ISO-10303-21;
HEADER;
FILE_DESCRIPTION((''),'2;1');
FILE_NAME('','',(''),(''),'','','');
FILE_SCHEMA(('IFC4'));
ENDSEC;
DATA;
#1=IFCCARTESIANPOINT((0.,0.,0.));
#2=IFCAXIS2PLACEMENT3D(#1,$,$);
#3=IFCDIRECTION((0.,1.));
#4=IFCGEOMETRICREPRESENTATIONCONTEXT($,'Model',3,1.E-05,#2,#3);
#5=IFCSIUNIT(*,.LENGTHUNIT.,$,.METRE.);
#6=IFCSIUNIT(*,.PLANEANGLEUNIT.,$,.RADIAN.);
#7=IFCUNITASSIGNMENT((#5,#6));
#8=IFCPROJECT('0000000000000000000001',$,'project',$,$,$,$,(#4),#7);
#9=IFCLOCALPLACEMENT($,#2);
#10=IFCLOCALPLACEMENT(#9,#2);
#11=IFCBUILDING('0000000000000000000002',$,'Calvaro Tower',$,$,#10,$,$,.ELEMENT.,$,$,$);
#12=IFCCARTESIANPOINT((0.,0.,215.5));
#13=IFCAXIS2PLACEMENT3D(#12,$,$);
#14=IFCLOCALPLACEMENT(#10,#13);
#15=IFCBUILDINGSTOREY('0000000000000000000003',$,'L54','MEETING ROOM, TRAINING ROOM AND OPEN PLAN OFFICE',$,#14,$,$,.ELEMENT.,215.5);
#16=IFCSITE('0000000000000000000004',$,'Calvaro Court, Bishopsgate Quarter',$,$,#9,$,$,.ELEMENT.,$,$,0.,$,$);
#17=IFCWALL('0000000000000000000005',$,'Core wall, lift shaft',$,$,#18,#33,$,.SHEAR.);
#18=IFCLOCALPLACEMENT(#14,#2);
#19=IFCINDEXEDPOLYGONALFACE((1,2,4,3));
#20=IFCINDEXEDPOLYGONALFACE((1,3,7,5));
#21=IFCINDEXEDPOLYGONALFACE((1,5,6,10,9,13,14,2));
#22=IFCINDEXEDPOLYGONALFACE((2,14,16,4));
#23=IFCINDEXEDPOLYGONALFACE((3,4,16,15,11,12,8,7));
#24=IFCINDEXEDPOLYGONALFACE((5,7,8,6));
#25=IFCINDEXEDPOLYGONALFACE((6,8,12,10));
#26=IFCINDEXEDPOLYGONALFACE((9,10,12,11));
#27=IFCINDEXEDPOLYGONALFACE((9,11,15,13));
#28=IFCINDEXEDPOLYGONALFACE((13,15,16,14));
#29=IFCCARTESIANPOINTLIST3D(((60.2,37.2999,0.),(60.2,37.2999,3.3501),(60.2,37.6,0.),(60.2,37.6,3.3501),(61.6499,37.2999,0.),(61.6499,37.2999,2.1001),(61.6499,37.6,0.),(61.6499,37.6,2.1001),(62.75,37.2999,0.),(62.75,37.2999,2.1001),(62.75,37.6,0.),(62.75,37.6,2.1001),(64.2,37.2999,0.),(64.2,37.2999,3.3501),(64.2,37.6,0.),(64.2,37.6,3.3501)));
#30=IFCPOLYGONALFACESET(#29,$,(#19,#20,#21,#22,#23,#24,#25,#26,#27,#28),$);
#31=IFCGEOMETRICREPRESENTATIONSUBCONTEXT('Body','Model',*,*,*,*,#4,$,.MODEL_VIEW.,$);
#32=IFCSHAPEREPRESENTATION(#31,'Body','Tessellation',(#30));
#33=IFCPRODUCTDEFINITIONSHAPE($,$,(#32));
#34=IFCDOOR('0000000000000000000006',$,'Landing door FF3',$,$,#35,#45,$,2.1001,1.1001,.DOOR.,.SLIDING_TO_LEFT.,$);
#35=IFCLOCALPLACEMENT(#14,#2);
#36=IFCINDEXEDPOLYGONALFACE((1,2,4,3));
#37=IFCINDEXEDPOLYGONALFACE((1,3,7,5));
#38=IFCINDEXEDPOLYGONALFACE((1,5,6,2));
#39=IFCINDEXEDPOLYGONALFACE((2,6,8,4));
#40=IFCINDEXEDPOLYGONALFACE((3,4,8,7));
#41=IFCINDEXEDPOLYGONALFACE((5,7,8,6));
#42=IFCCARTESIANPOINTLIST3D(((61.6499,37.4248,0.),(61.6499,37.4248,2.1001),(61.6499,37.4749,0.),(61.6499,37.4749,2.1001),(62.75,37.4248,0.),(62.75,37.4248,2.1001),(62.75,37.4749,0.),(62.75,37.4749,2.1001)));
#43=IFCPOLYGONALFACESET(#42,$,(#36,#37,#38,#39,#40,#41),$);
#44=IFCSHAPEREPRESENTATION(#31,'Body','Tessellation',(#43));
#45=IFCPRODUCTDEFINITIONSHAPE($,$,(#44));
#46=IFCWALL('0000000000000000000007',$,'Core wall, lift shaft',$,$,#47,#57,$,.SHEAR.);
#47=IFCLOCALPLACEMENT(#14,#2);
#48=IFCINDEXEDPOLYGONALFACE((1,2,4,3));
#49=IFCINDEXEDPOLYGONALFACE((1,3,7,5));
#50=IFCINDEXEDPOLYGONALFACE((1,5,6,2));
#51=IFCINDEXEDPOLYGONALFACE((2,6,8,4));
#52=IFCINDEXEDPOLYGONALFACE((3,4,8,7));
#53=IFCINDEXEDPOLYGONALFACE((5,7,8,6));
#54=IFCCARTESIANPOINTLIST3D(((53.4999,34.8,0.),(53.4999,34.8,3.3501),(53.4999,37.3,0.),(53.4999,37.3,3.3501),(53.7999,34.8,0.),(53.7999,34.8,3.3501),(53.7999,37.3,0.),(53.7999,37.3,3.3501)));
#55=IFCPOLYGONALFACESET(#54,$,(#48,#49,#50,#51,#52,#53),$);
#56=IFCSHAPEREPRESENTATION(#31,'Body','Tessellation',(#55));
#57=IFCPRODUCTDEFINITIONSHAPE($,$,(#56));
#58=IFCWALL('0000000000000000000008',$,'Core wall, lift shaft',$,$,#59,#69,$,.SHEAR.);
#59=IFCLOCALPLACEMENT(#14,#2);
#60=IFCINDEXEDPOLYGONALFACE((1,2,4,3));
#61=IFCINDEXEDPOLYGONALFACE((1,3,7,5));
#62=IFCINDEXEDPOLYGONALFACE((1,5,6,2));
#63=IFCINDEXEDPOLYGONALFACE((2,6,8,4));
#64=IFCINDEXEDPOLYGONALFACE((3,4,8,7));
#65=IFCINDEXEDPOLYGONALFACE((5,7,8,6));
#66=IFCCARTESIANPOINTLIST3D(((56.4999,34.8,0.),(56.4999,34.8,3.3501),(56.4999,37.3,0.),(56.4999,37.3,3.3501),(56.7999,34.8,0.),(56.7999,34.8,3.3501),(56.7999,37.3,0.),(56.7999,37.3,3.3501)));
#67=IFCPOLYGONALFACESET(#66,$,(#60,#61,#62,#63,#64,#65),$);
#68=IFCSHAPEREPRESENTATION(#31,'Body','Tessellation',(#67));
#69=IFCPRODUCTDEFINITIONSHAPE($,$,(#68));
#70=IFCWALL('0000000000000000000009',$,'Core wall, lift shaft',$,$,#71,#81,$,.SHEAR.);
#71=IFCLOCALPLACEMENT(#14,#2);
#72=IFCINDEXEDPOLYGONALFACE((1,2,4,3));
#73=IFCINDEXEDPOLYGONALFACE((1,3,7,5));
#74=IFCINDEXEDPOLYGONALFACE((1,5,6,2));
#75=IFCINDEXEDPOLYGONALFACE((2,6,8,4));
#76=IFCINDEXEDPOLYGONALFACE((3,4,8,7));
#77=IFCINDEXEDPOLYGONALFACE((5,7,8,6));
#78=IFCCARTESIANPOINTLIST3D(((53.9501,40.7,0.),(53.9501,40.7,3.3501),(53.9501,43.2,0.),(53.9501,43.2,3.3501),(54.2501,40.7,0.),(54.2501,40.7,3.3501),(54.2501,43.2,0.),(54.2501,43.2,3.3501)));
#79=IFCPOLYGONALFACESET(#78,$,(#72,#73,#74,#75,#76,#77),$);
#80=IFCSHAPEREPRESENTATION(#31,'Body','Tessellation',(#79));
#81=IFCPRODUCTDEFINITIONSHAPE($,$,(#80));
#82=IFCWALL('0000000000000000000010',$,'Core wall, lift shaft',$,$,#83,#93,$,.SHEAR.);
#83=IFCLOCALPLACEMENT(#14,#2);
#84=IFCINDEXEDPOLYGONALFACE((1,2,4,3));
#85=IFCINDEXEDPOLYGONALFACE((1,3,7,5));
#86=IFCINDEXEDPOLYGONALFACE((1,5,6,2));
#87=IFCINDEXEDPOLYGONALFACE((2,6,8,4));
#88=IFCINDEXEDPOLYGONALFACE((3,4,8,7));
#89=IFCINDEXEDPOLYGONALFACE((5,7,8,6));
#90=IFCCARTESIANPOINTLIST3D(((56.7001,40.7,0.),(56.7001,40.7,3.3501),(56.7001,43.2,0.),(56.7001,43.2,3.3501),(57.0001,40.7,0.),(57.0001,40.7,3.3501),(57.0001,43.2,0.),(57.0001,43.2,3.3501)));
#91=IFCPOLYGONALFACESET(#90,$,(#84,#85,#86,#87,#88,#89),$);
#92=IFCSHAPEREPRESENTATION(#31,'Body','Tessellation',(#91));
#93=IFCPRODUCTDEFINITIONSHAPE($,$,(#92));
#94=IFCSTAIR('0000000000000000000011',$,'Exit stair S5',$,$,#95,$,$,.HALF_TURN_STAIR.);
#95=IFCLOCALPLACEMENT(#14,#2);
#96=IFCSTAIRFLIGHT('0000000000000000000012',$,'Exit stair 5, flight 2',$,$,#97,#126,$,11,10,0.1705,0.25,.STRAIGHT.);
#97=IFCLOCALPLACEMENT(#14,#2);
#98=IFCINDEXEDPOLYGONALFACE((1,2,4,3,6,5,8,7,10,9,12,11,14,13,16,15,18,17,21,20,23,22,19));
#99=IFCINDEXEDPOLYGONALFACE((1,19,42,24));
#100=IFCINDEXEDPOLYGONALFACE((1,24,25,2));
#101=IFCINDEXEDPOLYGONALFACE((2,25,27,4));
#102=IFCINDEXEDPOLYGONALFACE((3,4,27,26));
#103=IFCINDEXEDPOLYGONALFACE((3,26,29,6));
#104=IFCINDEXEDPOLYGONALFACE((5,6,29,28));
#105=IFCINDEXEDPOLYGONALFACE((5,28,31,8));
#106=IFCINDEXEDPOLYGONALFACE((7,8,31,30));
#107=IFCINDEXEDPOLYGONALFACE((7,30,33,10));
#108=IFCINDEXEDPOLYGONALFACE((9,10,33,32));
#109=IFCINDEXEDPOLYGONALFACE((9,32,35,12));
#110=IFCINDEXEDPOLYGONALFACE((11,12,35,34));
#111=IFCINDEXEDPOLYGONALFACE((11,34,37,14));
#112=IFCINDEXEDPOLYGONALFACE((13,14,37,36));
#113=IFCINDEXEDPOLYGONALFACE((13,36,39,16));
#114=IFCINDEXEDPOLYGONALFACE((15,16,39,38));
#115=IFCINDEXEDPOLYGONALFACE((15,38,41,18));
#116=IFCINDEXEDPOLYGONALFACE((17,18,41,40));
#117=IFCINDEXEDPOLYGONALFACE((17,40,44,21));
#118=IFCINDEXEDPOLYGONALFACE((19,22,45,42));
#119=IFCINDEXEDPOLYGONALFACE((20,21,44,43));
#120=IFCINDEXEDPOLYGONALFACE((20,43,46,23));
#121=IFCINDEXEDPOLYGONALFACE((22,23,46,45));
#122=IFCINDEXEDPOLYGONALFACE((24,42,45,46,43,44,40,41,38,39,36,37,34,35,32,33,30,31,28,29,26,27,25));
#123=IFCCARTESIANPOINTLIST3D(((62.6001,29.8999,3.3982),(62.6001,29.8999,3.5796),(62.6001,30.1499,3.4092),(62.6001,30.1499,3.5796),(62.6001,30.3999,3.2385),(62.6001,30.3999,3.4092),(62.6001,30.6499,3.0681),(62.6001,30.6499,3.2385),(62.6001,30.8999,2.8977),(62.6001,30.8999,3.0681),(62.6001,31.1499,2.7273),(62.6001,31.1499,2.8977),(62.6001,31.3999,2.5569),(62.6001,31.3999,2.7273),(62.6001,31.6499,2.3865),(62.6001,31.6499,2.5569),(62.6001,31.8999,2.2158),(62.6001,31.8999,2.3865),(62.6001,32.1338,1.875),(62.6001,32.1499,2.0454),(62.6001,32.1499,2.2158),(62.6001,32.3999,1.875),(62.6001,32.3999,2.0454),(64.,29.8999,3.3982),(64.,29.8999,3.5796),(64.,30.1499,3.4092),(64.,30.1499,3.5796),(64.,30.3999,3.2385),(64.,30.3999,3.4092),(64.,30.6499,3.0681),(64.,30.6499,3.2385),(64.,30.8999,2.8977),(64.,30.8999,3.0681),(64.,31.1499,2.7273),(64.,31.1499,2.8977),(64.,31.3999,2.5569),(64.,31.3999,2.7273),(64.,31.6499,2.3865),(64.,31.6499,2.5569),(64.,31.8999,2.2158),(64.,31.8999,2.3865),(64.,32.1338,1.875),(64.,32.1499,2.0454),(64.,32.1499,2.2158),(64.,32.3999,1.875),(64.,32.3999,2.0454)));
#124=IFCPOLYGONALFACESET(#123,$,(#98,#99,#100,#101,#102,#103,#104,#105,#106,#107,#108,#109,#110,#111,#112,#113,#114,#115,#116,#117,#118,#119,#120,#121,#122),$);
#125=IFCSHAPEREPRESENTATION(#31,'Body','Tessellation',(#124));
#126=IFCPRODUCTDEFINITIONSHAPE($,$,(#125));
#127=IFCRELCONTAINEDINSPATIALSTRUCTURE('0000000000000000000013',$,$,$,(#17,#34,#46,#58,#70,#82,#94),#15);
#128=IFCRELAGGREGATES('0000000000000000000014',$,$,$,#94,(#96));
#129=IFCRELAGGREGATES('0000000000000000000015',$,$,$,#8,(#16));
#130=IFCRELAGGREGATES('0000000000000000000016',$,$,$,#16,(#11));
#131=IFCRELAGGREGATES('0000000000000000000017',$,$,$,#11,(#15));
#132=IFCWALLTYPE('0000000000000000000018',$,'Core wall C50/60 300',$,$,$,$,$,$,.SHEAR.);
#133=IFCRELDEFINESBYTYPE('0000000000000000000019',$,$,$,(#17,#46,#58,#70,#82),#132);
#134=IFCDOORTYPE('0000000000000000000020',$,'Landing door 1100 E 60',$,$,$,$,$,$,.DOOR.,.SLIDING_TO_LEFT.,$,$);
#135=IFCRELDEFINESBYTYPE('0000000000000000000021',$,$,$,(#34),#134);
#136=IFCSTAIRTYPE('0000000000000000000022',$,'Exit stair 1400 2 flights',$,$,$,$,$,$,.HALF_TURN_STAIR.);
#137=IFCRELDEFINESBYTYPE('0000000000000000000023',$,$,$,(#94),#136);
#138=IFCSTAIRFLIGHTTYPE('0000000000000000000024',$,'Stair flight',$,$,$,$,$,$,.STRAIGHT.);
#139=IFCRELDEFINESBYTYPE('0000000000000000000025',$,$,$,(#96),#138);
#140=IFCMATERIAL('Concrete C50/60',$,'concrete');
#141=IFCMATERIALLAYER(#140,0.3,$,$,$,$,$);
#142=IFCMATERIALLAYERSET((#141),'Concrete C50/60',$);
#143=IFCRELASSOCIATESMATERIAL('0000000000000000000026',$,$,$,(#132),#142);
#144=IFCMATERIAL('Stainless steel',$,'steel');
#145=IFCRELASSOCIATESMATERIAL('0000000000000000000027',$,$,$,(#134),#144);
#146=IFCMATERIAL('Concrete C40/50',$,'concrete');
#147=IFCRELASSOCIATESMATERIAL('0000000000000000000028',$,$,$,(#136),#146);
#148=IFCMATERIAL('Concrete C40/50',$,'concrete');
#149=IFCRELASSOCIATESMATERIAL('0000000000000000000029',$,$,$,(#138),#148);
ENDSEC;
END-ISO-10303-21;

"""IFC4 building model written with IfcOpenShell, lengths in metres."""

from ifc_helpers import new_model, si_unit, direction, frame, frame_2d, origin, place, context, subcontext, project, spatial, polyline, rectangle, outline, extrude, material, layer, layer_set, type_object, element, fill, aggregate, save


model = new_model("IFC4")

# Units and contexts
model_context = context("Model", 3, precision=1e-05, world=origin(), true_north=direction((0.0, 1.0)))
body_context = subcontext(model_context, "Body", "Model", "MODEL_VIEW")
ifc_project = project(units=[si_unit("LENGTHUNIT", "METRE"), si_unit("PLANEANGLEUNIT", "RADIAN")], contexts=[model_context])

# Site, building, storey
site_placement = place(None, origin())
site = spatial("IfcSite", under=ifc_project, at=site_placement, Name="Calvaro Court, Bishopsgate Quarter", CompositionType="ELEMENT", RefElevation=0.0)
building_placement = place(site_placement, origin())
building = spatial("IfcBuilding", under=site, at=building_placement, Name="Calvaro Tower", CompositionType="ELEMENT")
storey_placement = place(building_placement, frame((0.0, 0.0, 215.5)))
storey = spatial("IfcBuildingStorey", under=building, at=storey_placement, Name="L54", Description="MEETING ROOM, TRAINING ROOM AND OPEN PLAN OFFICE", CompositionType="ELEMENT", Elevation=215.5)

# Shared definitions
ifc_material_1 = material(Name="Concrete C50/60", Category="concrete")
ifc_layer_1 = layer(ifc_material_1, 0.3)
ifc_layer_set_1 = layer_set([ifc_layer_1], Name="Concrete C50/60")
wall_type_1 = type_object("IfcWallType", Name="Core wall C50/60 300", PredefinedType="SHEAR", material=ifc_layer_set_1)

# Wall, opening, door
wall_1_placement = place(storey_placement, frame((60.2, 37.45, 0.0), z_axis=(0.0, 0.0, 1.0), x_axis=(1.0, 0.0, 0.0)))
wall_1 = element("IfcWall", 1, at=wall_1_placement, inside=storey, type_object=wall_type_1, Name="Core wall, lift shaft", PredefinedType="SHEAR", context=body_context, shape_type="SweptSolid", body=[
    extrude(rectangle(XDim=4.0, YDim=0.3, at=frame_2d((2.0, 0.0))), origin(), (0.0, 0.0, 1.0), 3.3501),
])
opening_1_placement = place(wall_1_placement, frame((1.45, 0.0, 0.0)))
opening_1 = element("IfcOpeningElement", 2, at=opening_1_placement, cuts=wall_1, PredefinedType="OPENING", context=body_context, shape_type="SweptSolid", body=[
    extrude(rectangle(XDim=1.1001, YDim=2.1001, at=frame_2d((0.55, 1.05))), frame((0.0, 0.1599, 0.0), z_axis=(0.0, -1.0, 0.0), x_axis=(1.0, 0.0, 0.0)), (0.0, 0.0, 1.0), 0.3201),
])
ifc_material_2 = material(Name="Stainless steel", Category="steel")
door_type_1 = type_object("IfcDoorType", Name="Landing door 1100 E 60", OperationType="SLIDING_TO_LEFT", PredefinedType="DOOR", material=ifc_material_2)
door_1_placement = place(opening_1_placement, origin())
door_1 = element("IfcDoor", 3, at=door_1_placement, inside=storey, type_object=door_type_1, Name="Landing door FF3", OperationType="SLIDING_TO_LEFT", OverallHeight=2.1001, OverallWidth=1.1001, PredefinedType="DOOR", context=body_context, shape_type="SweptSolid", body=[
    extrude(rectangle(XDim=1.1001, YDim=2.1001, at=frame_2d((0.55, 1.05))), frame((0.0, 0.0249, 0.0), z_axis=(0.0, -1.0, 0.0), x_axis=(1.0, 0.0, 0.0)), (0.0, 0.0, 1.0), 0.05),
])
fill(opening_1, door_1)

# Walls
for number, where, z_axis, x_axis, name in (
    (4, (53.6499, 34.8, 0.0), (0.0, 0.0, 1.0), (0.0, 1.0, 0.0), "Core wall, lift shaft"),
    (5, (56.6499, 34.8, 0.0), (0.0, 0.0, 1.0), (0.0, 1.0, 0.0), "Core wall, lift shaft"),
    (6, (54.1001, 40.7, 0.0), (0.0, 0.0, 1.0), (0.0, 1.0, 0.0), "Core wall, lift shaft"),
    (7, (56.8501, 40.7, 0.0), (0.0, 0.0, 1.0), (0.0, 1.0, 0.0), "Core wall, lift shaft"),
):
    element("IfcWall", number, at=place(storey_placement, frame(where, z_axis=z_axis, x_axis=x_axis)), inside=storey, type_object=wall_type_1, Name=name, PredefinedType="SHEAR", context=body_context, shape_type="SweptSolid", body=[
        extrude(rectangle(XDim=2.5, YDim=0.3, at=frame_2d((1.25, 0.0))), origin(), (0.0, 0.0, 1.0), 3.3501),
    ])

# Stair, stair flight
ifc_material_3 = material(Name="Concrete C40/50", Category="concrete")
stair_type = type_object("IfcStairType", Name="Exit stair 1400 2 flights", PredefinedType="HALF_TURN_STAIR", material=ifc_material_3)
stair_placement = place(storey_placement, origin())
stair = element("IfcStair", 8, at=stair_placement, inside=storey, type_object=stair_type, Name="Exit stair S5", PredefinedType="HALF_TURN_STAIR")
ifc_material_4 = material(Name="Concrete C40/50", Category="concrete")
stair_flight_type = type_object("IfcStairFlightType", Name="Stair flight", PredefinedType="STRAIGHT", material=ifc_material_4)
stair_flight_placement = place(storey_placement, frame((63.3, 32.3999, 1.875), z_axis=(0.0, 0.0, 1.0), x_axis=(0.0, -1.0, 0.0)))
stair_flight = element("IfcStairFlight", 9, at=stair_flight_placement, type_object=stair_flight_type, Name="Exit stair 5, flight 2", NumberOfRisers=11, NumberOfTreads=10, PredefinedType="STRAIGHT", RiserHeight=0.1705, TreadLength=0.25, context=body_context, shape_type="SweptSolid", body=[
    extrude(outline(polyline([(0.0, 0.0), (0.0, 0.1704), (0.25, 0.1704), (0.25, 0.3408), (0.5, 0.3408), (0.5, 0.5115), (0.75, 0.5115), (0.75, 0.6819), (1.0, 0.6819), (1.0, 0.8523), (1.25, 0.8523), (1.25, 1.0227), (1.5, 1.0227), (1.5, 1.1931), (1.75, 1.1931), (1.75, 1.3635), (2.0, 1.3635), (2.0, 1.5342), (2.25, 1.5342), (2.25, 1.7046), (2.5, 1.7046), (2.5, 1.875), (2.5, 1.5232), (0.2661, 0.0), (0.0, 0.0)])), frame((0.0, 0.7, 0.0), z_axis=(0.0, -1.0, 0.0), x_axis=(1.0, 0.0, 0.0)), (0.0, 0.0, 1.0), 1.3999),
])
aggregate(stair, [stair_flight])

save(model, "model.ifc")
